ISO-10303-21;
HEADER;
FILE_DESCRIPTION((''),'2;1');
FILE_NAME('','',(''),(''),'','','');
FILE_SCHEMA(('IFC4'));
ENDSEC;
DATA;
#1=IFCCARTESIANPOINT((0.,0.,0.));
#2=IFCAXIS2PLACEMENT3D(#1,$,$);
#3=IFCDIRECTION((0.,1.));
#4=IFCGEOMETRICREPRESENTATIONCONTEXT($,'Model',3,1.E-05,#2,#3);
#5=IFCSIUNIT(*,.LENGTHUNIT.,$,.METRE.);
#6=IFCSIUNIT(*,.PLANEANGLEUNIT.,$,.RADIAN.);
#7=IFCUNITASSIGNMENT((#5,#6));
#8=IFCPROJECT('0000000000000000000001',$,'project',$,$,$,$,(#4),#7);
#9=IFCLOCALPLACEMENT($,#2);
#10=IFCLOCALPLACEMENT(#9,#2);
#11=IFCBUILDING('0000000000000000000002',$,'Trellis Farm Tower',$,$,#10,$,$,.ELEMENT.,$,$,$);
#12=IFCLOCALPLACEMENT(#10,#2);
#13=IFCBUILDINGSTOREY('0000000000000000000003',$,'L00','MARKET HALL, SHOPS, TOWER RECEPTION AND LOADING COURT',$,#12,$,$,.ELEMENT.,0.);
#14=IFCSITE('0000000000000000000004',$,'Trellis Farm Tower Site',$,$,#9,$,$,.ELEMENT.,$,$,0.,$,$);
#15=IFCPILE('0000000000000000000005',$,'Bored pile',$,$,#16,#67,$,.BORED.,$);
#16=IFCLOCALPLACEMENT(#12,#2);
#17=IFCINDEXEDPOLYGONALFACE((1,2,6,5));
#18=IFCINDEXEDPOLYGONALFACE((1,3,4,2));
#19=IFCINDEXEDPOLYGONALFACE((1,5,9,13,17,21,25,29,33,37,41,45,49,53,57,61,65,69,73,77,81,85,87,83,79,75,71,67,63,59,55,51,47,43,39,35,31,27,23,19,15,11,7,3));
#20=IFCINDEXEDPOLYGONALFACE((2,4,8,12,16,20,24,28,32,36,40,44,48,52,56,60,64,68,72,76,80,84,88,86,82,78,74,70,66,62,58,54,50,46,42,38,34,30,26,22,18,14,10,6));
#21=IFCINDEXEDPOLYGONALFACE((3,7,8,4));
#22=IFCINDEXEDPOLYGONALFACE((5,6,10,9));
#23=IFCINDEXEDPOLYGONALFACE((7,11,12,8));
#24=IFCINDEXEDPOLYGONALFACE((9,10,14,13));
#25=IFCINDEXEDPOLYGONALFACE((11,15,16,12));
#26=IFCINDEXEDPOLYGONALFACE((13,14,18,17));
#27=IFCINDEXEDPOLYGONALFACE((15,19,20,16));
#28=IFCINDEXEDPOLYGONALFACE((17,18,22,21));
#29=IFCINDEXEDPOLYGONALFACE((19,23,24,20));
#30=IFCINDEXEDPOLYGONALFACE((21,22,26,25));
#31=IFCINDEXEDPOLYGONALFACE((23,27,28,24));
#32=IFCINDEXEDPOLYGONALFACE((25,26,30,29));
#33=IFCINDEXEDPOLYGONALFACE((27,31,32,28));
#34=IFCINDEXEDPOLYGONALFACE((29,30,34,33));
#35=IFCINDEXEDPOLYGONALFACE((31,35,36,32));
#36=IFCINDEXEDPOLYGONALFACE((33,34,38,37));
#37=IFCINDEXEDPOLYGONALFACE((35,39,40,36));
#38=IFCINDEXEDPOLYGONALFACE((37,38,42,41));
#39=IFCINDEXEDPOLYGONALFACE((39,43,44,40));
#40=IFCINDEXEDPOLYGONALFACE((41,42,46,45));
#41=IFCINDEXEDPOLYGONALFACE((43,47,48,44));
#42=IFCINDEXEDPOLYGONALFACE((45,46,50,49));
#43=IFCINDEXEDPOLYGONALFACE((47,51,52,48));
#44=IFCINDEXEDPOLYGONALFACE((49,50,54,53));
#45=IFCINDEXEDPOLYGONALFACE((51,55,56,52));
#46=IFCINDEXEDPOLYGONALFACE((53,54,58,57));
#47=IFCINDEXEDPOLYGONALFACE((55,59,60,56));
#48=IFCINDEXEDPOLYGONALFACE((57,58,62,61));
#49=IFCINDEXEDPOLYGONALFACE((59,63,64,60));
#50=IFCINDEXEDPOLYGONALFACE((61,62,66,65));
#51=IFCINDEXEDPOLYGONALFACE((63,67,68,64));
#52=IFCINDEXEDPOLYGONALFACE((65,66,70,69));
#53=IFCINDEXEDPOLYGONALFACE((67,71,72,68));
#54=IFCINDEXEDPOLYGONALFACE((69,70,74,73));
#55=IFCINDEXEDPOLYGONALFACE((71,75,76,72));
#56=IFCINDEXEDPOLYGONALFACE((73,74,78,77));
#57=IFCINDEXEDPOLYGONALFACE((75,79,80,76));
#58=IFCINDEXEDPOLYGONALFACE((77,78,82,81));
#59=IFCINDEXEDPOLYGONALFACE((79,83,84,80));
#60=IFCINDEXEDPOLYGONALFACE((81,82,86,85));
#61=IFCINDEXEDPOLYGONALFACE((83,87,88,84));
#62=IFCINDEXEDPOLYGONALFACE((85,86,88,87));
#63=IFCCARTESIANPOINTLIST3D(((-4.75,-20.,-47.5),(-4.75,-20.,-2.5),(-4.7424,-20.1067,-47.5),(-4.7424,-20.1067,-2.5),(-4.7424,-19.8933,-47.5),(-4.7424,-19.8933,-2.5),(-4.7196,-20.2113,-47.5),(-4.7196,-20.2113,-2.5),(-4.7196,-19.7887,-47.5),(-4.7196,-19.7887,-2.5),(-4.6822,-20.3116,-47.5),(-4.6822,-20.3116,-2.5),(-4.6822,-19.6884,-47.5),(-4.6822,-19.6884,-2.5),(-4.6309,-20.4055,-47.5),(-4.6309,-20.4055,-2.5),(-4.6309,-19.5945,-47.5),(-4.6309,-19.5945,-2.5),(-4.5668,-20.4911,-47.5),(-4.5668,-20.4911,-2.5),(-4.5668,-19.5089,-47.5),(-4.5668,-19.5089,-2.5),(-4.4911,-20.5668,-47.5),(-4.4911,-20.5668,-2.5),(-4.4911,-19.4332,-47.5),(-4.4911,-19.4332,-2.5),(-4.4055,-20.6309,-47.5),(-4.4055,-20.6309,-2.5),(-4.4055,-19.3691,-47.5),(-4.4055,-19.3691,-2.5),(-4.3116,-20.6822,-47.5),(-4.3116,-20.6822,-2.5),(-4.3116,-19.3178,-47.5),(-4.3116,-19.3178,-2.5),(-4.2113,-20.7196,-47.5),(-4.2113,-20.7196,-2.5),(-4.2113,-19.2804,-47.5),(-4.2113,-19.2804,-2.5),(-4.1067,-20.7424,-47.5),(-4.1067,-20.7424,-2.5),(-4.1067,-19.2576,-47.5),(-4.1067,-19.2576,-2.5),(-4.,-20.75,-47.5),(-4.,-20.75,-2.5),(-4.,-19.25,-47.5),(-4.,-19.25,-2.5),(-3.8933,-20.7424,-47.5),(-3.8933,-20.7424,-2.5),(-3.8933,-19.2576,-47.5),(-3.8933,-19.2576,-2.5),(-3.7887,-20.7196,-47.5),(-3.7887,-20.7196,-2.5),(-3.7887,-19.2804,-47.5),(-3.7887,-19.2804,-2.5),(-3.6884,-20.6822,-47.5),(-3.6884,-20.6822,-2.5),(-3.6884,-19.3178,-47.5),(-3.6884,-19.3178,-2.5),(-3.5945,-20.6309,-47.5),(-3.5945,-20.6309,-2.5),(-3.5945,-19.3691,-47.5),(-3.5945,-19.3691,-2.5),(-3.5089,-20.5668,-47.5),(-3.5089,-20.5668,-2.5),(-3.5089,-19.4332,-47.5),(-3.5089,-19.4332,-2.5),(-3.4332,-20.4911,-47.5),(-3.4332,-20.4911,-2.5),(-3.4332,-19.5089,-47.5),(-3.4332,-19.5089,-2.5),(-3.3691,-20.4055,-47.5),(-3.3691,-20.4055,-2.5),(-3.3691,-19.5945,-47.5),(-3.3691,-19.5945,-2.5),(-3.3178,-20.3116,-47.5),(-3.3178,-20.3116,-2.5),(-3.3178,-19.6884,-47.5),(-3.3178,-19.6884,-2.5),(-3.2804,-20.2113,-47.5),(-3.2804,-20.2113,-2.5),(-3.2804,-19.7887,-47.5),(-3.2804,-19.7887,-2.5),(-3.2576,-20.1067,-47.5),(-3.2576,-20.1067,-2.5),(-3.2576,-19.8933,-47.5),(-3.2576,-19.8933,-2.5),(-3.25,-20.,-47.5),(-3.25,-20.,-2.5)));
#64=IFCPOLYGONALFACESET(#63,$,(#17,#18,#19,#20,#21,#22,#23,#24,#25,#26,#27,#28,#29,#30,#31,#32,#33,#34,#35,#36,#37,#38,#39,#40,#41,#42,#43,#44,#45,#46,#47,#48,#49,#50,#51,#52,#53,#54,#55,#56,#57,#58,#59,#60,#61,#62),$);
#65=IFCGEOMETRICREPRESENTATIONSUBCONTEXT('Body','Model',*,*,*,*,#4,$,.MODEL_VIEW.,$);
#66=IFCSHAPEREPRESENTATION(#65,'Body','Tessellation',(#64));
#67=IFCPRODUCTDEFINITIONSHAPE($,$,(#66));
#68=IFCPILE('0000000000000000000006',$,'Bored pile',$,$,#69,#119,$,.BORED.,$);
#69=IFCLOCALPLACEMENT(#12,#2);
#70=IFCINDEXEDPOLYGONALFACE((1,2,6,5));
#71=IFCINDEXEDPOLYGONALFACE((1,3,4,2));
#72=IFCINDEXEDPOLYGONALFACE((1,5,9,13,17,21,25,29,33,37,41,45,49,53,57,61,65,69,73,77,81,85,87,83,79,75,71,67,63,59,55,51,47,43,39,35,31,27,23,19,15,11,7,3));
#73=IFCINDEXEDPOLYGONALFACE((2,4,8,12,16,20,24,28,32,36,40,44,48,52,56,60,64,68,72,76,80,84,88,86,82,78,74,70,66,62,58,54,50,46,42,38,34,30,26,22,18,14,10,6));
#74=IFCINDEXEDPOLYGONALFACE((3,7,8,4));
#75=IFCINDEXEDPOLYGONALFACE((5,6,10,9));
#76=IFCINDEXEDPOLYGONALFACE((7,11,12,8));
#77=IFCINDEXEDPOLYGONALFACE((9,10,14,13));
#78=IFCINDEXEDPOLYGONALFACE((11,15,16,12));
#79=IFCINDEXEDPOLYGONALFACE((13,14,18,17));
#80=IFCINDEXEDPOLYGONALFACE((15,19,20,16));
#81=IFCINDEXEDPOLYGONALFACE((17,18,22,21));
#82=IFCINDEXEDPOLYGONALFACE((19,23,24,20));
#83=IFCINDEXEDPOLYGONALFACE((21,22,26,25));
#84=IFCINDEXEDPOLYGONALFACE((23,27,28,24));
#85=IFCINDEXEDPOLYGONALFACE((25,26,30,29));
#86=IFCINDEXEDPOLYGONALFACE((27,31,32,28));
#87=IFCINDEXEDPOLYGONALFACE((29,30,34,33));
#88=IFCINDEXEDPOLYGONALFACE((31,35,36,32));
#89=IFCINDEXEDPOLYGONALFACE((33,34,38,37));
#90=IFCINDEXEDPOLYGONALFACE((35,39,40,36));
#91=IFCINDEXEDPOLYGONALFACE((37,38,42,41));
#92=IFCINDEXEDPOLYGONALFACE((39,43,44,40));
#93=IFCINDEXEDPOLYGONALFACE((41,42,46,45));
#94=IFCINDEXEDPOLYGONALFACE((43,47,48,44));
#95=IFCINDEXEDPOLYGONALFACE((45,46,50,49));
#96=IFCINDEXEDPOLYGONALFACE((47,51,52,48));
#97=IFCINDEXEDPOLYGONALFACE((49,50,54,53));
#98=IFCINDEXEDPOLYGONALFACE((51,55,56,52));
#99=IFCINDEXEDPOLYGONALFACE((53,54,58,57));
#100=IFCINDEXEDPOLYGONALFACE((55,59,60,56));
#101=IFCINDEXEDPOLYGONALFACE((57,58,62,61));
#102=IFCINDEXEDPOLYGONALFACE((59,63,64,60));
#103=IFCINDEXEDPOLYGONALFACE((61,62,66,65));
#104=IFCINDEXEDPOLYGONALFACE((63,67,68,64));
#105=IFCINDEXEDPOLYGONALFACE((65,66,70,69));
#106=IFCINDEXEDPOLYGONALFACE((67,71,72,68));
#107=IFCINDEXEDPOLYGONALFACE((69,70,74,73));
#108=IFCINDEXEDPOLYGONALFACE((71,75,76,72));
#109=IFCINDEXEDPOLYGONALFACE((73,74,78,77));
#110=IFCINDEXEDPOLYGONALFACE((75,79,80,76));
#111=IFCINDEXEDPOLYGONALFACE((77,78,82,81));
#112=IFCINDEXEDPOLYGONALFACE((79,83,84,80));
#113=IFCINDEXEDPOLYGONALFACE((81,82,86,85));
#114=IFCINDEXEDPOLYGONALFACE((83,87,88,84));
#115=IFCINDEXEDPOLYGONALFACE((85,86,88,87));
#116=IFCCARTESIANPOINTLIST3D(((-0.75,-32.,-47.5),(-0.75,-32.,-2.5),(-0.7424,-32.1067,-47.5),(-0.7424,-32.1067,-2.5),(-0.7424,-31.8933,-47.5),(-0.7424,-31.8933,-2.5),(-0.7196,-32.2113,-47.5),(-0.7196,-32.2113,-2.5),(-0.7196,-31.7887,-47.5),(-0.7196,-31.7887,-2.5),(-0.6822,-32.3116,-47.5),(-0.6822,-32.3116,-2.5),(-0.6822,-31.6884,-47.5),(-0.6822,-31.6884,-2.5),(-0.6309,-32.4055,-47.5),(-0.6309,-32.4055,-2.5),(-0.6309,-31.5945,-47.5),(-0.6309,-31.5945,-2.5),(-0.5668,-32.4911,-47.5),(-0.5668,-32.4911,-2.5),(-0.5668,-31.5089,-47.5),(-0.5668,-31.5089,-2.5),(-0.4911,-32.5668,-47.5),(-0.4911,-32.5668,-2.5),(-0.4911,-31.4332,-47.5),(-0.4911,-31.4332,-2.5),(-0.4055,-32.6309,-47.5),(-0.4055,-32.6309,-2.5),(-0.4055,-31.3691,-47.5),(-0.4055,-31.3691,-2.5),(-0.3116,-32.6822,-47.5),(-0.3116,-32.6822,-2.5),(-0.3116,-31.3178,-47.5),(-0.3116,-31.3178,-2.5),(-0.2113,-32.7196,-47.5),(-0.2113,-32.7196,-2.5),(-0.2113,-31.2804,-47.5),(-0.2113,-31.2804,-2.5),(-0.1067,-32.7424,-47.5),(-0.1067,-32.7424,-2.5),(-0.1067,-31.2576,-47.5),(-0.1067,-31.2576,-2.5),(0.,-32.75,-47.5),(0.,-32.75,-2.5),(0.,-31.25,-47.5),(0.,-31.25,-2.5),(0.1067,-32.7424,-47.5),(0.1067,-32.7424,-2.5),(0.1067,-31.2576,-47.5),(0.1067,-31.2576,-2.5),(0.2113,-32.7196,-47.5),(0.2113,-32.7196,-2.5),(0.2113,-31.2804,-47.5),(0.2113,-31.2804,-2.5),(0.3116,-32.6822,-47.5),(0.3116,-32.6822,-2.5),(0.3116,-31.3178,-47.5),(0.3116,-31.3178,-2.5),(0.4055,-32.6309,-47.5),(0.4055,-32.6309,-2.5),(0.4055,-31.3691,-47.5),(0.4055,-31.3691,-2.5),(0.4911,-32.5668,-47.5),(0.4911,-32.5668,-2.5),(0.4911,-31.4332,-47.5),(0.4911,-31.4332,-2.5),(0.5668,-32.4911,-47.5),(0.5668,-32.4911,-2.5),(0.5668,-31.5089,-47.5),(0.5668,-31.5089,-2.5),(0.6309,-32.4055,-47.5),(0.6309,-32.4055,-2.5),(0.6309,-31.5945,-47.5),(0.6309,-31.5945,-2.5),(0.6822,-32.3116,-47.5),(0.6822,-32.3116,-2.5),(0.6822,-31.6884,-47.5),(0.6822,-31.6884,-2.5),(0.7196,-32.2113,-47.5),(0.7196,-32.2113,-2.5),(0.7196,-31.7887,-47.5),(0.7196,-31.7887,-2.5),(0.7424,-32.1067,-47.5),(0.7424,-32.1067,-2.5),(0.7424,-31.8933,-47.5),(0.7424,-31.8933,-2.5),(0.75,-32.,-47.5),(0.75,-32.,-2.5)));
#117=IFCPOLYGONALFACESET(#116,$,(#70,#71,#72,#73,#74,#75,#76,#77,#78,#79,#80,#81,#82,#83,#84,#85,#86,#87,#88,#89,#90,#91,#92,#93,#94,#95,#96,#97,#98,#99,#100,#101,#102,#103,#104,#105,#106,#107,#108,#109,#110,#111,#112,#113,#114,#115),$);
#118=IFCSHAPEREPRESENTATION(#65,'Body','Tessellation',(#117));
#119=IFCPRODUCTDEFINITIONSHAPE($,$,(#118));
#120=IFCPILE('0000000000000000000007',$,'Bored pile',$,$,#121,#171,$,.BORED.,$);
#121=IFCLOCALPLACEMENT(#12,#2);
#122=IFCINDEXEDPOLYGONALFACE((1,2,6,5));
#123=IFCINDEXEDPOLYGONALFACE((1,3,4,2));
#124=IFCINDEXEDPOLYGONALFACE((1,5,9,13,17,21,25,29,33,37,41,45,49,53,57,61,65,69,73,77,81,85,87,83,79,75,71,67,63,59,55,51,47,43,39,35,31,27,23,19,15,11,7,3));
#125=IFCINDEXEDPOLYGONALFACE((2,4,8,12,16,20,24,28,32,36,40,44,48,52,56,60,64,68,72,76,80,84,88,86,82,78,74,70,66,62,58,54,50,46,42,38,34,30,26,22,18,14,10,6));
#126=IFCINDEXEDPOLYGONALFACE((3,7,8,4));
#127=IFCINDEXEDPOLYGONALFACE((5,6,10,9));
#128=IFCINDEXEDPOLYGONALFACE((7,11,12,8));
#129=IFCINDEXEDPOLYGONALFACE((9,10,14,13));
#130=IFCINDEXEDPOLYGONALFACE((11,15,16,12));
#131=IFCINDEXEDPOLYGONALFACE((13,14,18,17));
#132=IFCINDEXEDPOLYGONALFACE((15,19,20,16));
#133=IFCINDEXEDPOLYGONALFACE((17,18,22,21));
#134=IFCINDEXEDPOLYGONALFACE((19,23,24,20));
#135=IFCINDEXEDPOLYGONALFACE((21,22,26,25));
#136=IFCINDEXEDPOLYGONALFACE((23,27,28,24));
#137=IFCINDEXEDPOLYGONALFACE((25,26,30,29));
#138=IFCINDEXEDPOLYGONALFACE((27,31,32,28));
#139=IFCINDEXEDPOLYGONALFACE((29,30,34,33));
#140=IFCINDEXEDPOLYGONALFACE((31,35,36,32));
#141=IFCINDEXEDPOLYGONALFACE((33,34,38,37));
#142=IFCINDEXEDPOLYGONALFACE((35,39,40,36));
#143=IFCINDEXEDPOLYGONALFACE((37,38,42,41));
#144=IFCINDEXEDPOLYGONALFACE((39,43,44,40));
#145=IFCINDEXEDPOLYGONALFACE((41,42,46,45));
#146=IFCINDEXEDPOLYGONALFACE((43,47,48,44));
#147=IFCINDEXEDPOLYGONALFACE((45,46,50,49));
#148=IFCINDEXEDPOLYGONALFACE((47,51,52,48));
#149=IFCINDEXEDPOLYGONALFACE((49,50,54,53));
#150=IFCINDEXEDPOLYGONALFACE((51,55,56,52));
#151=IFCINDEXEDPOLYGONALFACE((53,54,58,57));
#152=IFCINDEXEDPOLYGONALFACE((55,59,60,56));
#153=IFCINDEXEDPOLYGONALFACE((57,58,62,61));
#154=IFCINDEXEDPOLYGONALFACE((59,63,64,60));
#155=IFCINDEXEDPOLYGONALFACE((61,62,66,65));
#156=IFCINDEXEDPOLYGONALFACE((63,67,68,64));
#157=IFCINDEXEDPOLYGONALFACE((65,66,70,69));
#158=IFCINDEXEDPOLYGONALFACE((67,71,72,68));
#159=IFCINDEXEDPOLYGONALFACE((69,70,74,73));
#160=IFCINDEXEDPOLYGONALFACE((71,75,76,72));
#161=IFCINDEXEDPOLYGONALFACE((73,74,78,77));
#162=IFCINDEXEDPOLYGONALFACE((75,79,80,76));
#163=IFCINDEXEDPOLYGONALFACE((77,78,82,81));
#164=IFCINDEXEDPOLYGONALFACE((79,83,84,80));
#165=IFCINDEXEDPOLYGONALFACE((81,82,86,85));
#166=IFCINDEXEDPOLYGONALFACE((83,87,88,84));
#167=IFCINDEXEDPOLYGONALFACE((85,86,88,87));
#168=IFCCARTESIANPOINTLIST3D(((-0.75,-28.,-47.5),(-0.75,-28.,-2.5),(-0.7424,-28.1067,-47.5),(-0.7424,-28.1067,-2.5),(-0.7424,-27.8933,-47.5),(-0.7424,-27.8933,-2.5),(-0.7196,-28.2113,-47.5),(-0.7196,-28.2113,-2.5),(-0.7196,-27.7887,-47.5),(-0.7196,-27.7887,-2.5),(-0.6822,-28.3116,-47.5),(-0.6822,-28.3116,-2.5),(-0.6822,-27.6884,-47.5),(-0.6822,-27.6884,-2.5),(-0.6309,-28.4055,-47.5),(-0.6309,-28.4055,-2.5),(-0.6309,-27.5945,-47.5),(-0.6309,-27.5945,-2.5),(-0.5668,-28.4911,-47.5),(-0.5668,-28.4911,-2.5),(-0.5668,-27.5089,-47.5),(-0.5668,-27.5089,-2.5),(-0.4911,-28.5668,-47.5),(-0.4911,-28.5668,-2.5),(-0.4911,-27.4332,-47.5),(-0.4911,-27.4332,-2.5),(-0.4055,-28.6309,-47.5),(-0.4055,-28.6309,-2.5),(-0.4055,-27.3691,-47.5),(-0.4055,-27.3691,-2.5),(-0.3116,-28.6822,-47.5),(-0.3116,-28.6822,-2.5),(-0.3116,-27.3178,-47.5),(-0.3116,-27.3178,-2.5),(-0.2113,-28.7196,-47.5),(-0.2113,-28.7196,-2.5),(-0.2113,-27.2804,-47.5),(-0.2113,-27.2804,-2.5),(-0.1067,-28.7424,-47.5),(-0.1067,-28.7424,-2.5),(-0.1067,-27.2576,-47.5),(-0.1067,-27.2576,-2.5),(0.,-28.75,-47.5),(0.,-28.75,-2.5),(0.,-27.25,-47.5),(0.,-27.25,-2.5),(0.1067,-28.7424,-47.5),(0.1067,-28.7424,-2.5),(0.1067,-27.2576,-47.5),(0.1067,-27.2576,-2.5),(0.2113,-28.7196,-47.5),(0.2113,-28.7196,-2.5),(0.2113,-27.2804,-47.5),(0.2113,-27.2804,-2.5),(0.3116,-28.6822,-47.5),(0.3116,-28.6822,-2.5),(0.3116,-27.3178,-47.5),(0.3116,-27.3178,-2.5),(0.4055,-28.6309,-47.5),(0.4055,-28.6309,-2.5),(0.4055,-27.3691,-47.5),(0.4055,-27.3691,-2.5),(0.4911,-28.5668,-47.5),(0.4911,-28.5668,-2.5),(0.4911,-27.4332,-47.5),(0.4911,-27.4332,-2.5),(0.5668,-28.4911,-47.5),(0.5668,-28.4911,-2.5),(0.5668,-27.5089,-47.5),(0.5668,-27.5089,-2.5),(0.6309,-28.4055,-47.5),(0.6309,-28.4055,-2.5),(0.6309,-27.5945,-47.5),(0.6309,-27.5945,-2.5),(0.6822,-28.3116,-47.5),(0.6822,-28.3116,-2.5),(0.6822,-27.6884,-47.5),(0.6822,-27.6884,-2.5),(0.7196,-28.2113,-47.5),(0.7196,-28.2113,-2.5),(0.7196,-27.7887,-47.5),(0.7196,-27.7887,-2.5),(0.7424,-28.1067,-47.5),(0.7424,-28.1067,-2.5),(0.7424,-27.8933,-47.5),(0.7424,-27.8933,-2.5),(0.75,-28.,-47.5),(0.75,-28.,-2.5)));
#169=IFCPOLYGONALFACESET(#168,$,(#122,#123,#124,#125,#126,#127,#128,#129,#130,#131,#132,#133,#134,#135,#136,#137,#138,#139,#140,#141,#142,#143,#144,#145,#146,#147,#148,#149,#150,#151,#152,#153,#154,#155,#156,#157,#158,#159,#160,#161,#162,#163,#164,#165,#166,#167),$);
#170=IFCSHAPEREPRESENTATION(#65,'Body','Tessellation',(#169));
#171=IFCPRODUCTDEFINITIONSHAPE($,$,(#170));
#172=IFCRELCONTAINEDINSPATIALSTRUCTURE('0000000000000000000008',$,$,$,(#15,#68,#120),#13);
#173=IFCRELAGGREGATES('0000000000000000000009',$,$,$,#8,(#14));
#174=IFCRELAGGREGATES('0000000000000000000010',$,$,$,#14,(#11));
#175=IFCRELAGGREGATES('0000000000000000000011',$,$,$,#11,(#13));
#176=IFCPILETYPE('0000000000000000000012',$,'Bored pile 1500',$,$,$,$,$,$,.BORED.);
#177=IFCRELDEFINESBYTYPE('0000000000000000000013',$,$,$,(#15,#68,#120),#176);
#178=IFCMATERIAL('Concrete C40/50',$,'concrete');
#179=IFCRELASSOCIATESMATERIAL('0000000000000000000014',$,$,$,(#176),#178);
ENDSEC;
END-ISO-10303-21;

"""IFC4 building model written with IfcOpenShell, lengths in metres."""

from ifc_helpers import new_model, si_unit, direction, frame, origin, origin_2d, place, context, subcontext, project, spatial, circle, extrude, source, transform, mapped, material, material_profile, profile_set, type_object, element, save


model = new_model("IFC4")

# Units and contexts
model_context = context("Model", 3, precision=1e-05, world=origin(), true_north=direction((0.0, 1.0)))
body_context = subcontext(model_context, "Body", "Model", "MODEL_VIEW")
ifc_project = project(units=[si_unit("LENGTHUNIT", "METRE"), si_unit("PLANEANGLEUNIT", "RADIAN")], contexts=[model_context])

# Site, building, storey
site_placement = place(None, origin())
site = spatial("IfcSite", under=ifc_project, at=site_placement, Name="Trellis Farm Tower Site", CompositionType="ELEMENT", RefElevation=0.0)
building_placement = place(site_placement, origin())
building = spatial("IfcBuilding", under=site, at=building_placement, Name="Trellis Farm Tower", CompositionType="ELEMENT")
storey_placement = place(building_placement, origin())
storey = spatial("IfcBuildingStorey", under=building, at=storey_placement, Name="L00", Description="MARKET HALL, SHOPS, TOWER RECEPTION AND LOADING COURT", CompositionType="ELEMENT", Elevation=0.0)

# Piles
ifc_material_1 = material(Name="Concrete C40/50", Category="concrete")
ifc_material_profile_1 = material_profile(ifc_material_1, circle(Radius=0.75, at=origin_2d()), Name="Bored pile 1500")
ifc_profile_set_1 = profile_set([ifc_material_profile_1], Name="Concrete C40/50")
pile_type = type_object("IfcPileType", Name="Bored pile 1500", PredefinedType="BORED", material=ifc_profile_set_1)
shared_shape_1 = source(origin(), body_context, "Body", "SweptSolid", [
    extrude(circle(Radius=0.75, at=origin_2d()), origin(), (0.0, 0.0, 1.0), 45.0),
])
for number, where, z_axis, x_axis, name in (
    (1, (-4.0, -20.0, -2.5), (0.0, 0.0, -1.0), (1.0, 0.0, 0.0), "Bored pile"),
    (2, (0.0, -32.0, -2.5), (0.0, 0.0, -1.0), (1.0, 0.0, 0.0), "Bored pile"),
    (3, (0.0, -28.0, -2.5), (0.0, 0.0, -1.0), (1.0, 0.0, 0.0), "Bored pile"),
):
    element("IfcPile", number, at=place(storey_placement, frame(where, z_axis=z_axis, x_axis=x_axis)), inside=storey, type_object=pile_type, Name=name, PredefinedType="BORED", context=body_context, shape_type="MappedRepresentation", body=[
        mapped(shared_shape_1, transform((0.0, 0.0, 0.0))),
    ])

save(model, "model.ifc")
